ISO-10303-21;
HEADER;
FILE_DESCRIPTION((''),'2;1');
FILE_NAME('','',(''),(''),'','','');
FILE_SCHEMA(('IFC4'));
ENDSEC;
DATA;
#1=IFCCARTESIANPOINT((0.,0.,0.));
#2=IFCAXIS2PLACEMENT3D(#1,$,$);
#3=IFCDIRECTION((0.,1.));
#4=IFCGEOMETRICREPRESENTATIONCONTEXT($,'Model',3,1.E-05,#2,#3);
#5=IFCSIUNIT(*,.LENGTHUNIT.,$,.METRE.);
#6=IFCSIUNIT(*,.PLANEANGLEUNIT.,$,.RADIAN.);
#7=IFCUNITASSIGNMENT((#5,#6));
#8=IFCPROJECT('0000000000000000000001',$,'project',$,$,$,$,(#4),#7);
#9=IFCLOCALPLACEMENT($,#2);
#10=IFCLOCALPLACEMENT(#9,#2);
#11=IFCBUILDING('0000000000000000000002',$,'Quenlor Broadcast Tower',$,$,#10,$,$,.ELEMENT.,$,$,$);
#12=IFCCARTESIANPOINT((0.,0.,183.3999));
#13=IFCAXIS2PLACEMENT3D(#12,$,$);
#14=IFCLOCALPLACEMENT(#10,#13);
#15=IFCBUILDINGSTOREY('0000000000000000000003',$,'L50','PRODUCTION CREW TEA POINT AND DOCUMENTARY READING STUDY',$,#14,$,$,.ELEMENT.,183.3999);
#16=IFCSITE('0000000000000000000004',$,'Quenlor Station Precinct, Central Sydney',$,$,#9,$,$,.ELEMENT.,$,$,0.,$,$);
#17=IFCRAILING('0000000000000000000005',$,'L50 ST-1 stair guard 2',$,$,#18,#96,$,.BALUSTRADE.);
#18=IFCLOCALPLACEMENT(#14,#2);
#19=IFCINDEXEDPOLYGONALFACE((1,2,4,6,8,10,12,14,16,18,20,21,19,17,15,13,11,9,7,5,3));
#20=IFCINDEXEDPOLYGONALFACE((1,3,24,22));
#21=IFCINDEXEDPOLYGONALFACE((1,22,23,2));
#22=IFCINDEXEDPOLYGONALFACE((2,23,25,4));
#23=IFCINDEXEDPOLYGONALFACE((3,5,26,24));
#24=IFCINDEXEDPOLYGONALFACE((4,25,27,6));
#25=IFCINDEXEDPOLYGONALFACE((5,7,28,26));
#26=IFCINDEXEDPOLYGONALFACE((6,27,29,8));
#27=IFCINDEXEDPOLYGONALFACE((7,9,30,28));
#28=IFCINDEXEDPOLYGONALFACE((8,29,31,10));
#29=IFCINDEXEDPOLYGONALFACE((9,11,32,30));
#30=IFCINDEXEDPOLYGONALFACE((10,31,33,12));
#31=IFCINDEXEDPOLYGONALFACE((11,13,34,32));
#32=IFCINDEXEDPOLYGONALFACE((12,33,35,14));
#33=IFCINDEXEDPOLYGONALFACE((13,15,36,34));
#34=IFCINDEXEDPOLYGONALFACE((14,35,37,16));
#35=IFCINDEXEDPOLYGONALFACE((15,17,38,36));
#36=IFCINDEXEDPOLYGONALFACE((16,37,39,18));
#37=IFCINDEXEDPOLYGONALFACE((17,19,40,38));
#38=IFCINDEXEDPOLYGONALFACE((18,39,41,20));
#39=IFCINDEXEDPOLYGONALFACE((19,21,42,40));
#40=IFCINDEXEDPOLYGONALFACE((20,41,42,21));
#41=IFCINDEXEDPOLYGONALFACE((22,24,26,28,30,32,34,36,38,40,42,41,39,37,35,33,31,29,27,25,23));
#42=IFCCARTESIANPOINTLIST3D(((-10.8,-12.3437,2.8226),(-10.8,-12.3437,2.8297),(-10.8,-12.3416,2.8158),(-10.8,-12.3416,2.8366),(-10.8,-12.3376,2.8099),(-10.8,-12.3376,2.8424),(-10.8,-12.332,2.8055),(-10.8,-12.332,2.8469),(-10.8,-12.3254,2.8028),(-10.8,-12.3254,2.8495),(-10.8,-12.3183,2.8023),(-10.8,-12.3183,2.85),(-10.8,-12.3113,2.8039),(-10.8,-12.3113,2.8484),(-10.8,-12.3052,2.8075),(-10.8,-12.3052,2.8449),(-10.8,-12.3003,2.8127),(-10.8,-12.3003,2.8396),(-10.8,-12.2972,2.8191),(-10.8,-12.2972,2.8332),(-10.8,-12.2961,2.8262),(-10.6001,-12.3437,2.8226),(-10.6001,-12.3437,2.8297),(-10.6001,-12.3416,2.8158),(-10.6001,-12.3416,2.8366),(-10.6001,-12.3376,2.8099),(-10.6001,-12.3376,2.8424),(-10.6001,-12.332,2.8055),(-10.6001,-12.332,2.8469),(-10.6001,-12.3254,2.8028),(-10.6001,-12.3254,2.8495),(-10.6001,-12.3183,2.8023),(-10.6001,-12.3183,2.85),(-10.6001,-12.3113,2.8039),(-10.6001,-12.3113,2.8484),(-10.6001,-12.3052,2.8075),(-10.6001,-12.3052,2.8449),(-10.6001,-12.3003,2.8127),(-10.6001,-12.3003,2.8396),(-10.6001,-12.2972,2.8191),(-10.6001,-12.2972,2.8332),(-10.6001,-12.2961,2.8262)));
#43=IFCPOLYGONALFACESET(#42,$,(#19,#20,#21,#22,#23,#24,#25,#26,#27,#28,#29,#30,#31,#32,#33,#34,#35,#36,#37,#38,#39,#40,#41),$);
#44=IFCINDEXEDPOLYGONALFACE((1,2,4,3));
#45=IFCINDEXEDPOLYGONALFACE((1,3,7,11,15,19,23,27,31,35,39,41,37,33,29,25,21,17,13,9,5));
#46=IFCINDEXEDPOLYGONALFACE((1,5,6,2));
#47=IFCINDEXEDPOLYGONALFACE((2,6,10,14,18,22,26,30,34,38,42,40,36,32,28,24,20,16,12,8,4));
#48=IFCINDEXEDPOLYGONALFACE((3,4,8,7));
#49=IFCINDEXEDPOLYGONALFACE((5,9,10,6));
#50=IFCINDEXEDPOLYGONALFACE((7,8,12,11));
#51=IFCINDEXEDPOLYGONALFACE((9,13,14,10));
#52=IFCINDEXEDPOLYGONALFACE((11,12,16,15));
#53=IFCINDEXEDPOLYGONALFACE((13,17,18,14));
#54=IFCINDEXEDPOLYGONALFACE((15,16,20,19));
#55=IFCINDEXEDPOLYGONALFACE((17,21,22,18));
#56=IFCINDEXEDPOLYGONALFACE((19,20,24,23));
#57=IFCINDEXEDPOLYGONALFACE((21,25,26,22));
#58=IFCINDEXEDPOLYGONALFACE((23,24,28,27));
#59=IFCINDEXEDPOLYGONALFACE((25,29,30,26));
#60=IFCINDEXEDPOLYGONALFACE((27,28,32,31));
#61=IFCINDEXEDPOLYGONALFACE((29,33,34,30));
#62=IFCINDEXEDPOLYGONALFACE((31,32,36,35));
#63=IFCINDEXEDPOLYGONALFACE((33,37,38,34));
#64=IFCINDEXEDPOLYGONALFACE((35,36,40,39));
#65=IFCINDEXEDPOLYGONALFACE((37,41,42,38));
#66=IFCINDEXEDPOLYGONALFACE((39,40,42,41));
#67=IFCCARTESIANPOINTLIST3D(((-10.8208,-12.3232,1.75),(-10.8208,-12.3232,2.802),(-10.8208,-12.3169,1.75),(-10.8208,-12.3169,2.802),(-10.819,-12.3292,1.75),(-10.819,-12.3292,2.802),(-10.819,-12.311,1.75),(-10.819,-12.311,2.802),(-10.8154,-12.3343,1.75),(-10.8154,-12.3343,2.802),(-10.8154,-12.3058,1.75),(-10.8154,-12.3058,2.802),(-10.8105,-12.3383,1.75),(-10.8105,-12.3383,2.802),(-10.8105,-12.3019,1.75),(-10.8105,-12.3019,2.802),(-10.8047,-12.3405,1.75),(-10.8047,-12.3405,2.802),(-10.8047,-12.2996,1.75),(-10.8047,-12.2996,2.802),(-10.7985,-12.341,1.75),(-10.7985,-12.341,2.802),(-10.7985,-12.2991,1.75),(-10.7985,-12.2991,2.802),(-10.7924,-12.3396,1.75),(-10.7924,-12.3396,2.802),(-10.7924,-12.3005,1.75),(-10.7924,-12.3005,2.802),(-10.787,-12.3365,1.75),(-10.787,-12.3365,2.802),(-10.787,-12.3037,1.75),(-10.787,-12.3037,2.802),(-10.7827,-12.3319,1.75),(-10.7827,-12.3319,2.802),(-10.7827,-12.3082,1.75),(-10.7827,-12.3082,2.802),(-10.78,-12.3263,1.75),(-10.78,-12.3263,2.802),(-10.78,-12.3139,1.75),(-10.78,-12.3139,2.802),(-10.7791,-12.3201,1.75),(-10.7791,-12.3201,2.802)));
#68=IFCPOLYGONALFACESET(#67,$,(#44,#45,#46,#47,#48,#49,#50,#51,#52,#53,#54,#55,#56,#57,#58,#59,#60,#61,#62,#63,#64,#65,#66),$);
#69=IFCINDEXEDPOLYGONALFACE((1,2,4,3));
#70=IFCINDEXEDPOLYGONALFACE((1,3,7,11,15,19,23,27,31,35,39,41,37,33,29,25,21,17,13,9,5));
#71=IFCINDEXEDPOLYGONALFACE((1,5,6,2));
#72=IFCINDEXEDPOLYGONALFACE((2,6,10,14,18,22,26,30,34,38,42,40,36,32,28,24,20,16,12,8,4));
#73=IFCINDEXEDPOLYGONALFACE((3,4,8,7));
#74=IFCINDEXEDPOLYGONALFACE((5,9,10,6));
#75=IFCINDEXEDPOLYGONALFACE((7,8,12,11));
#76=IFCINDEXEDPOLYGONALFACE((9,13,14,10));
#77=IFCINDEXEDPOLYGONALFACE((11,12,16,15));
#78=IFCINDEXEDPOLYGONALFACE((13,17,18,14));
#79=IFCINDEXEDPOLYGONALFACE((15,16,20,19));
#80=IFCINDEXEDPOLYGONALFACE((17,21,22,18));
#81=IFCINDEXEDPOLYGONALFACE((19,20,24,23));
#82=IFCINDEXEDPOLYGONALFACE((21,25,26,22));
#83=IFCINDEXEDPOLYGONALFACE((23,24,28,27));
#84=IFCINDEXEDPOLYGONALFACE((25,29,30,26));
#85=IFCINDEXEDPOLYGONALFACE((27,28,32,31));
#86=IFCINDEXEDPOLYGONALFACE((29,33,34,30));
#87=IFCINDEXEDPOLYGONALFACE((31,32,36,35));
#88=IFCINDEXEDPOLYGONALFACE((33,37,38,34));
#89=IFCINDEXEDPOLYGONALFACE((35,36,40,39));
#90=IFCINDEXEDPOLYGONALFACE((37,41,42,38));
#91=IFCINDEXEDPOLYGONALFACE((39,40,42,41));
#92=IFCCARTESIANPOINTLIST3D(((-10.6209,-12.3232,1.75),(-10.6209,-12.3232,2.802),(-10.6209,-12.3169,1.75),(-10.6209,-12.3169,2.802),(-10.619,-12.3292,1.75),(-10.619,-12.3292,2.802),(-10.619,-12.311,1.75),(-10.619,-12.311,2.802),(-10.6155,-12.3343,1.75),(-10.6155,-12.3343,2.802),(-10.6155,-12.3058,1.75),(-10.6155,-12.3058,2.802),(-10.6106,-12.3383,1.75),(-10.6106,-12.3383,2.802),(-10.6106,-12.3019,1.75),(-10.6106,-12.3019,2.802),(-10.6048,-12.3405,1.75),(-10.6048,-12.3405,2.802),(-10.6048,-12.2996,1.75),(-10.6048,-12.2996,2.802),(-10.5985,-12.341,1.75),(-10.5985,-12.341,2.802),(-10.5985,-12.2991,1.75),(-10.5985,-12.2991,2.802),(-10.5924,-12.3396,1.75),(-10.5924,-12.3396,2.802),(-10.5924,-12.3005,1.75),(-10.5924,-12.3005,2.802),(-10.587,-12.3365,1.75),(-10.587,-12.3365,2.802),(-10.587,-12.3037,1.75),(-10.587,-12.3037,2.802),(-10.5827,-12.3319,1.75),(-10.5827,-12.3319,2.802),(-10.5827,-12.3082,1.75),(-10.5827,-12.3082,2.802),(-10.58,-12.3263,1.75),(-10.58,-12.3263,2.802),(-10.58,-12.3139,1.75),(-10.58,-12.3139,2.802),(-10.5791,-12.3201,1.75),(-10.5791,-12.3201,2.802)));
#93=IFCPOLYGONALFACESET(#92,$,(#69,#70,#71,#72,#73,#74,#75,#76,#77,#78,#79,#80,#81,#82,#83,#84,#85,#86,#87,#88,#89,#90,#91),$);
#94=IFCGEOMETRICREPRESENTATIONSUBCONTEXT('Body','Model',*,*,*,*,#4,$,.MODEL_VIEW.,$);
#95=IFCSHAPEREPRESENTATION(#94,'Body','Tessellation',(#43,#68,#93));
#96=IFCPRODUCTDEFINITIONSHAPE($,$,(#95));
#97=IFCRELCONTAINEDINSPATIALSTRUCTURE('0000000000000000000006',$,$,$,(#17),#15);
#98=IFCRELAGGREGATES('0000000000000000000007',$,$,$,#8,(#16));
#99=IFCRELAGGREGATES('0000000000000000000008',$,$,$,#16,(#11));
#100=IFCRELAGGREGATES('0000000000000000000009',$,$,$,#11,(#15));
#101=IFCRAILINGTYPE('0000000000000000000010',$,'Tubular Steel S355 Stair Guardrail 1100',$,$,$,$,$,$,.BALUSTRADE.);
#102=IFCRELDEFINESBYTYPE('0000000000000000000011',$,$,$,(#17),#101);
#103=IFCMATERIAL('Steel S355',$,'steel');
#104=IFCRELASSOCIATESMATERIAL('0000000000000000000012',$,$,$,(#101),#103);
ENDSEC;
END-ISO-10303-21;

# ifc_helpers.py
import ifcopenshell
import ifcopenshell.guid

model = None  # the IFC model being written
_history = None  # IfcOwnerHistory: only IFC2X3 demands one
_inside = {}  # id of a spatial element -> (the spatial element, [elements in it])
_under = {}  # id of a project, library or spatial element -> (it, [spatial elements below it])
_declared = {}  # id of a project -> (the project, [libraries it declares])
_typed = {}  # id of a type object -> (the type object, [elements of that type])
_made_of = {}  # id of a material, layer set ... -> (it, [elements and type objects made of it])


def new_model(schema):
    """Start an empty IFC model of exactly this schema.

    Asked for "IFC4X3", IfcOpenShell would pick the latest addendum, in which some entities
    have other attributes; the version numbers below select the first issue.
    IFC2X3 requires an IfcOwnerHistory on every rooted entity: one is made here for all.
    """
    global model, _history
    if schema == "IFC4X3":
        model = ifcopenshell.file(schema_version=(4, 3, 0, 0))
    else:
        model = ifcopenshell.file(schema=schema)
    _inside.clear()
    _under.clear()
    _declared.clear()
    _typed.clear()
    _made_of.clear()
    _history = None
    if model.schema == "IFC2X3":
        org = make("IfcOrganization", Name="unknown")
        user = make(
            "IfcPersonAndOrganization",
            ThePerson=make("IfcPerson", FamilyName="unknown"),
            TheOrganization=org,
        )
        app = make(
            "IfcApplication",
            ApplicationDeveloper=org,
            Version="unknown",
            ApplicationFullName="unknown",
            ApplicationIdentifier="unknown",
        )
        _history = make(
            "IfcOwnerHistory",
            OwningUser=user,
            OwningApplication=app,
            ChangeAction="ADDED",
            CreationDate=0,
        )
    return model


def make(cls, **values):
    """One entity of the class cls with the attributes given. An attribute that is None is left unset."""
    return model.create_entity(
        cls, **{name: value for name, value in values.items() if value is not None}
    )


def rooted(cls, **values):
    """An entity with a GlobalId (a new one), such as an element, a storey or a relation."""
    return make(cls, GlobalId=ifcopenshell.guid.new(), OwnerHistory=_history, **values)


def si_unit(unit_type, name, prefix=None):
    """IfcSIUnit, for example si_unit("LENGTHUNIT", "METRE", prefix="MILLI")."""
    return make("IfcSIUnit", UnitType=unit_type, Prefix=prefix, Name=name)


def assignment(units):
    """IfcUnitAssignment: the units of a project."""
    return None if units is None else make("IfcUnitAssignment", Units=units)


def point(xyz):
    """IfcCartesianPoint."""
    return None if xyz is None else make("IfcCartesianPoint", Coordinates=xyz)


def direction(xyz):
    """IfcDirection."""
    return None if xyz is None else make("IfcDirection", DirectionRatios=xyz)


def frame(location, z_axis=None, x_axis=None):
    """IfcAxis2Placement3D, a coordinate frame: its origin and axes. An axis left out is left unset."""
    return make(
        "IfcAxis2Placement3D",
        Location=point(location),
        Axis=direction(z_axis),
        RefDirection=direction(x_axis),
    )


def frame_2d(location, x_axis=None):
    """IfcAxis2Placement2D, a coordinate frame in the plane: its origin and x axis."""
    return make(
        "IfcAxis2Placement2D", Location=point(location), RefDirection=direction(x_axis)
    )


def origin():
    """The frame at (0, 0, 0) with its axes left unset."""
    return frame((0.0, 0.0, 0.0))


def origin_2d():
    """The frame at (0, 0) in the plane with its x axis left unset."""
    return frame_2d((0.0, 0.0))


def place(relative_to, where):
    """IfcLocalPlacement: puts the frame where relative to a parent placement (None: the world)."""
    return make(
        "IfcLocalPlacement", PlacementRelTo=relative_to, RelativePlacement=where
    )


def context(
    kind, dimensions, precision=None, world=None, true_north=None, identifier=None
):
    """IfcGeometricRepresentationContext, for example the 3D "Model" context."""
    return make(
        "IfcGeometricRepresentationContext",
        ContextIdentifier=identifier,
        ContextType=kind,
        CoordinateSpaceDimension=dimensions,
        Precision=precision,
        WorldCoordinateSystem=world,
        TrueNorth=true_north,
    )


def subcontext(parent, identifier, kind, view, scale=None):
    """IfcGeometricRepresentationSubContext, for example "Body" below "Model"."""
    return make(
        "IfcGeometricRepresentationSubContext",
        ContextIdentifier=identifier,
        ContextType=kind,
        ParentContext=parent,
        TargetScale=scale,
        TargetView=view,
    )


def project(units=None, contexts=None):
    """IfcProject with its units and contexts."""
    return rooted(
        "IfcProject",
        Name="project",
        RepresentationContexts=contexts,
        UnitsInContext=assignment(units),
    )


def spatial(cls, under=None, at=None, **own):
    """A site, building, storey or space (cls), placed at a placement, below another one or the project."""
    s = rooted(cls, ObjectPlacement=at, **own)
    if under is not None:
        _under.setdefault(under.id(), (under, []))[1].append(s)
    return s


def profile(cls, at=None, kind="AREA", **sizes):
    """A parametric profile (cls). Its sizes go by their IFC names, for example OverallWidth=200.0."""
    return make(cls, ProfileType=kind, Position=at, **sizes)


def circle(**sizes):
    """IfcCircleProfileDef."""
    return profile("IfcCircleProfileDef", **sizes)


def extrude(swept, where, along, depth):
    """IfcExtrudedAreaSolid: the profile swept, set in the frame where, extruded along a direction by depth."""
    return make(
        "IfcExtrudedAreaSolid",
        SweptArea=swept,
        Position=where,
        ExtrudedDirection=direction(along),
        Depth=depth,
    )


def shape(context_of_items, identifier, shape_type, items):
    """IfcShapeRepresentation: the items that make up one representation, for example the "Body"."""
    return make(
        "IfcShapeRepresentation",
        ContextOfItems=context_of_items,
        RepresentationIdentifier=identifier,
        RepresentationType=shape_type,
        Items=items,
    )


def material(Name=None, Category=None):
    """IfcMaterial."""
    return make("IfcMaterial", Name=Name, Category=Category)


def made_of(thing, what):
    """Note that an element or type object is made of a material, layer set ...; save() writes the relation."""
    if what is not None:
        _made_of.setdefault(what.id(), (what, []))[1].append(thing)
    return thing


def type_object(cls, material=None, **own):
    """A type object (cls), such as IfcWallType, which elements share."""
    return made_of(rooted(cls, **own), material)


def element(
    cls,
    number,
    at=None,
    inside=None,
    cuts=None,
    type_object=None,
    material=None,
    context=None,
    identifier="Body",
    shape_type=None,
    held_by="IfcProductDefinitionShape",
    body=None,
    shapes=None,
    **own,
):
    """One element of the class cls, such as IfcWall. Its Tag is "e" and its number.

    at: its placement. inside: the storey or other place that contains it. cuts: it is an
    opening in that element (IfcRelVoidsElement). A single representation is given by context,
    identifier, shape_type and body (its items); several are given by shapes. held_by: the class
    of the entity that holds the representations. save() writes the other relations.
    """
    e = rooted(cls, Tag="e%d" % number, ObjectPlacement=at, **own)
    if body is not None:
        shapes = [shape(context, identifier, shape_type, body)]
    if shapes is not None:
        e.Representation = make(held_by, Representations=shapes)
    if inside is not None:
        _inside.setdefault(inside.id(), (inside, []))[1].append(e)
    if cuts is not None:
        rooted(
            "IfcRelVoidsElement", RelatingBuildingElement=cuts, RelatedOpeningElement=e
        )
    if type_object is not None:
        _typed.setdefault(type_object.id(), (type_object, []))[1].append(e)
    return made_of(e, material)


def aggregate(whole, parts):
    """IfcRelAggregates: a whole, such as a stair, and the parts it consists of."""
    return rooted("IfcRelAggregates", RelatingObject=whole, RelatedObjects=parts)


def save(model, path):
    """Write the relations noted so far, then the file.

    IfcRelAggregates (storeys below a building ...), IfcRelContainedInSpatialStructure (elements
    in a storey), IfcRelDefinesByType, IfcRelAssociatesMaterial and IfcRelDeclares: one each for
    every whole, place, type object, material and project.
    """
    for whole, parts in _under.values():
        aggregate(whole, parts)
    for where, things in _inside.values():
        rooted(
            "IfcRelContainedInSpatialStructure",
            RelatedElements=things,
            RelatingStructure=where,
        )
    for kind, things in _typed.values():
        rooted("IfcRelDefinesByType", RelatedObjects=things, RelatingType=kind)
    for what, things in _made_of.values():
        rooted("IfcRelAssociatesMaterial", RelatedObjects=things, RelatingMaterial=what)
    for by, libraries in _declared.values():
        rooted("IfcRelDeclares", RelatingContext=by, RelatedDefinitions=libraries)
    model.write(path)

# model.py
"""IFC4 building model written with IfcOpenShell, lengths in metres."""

from ifc_helpers import new_model, si_unit, direction, frame, origin, origin_2d, place, context, subcontext, project, spatial, circle, extrude, material, type_object, element, save


model = new_model("IFC4")

# Units and contexts
model_context = context("Model", 3, precision=1e-05, world=origin(), true_north=direction((0.0, 1.0)))
body_context = subcontext(model_context, "Body", "Model", "MODEL_VIEW")
ifc_project = project(units=[si_unit("LENGTHUNIT", "METRE"), si_unit("PLANEANGLEUNIT", "RADIAN")], contexts=[model_context])

# Site, building, storey
site_placement = place(None, origin())
site = spatial("IfcSite", under=ifc_project, at=site_placement, Name="Quenlor Station Precinct, Central Sydney", CompositionType="ELEMENT", RefElevation=0.0)
building_placement = place(site_placement, origin())
building = spatial("IfcBuilding", under=site, at=building_placement, Name="Quenlor Broadcast Tower", CompositionType="ELEMENT")
storey_placement = place(building_placement, frame((0.0, 0.0, 183.3999)))
storey = spatial("IfcBuildingStorey", under=building, at=storey_placement, Name="L50", Description="PRODUCTION CREW TEA POINT AND DOCUMENTARY READING STUDY", CompositionType="ELEMENT", Elevation=183.3999)

# Railing
ifc_material_1 = material(Name="Steel S355", Category="steel")
railing_type_1 = type_object("IfcRailingType", Name="Tubular Steel S355 Stair Guardrail 1100", PredefinedType="BALUSTRADE", material=ifc_material_1)
railing_1_placement = place(storey_placement, frame((-10.8, -12.3201, 1.75)))
element("IfcRailing", 1, at=railing_1_placement, inside=storey, type_object=railing_type_1, Name="L50 ST-1 stair guard 2", PredefinedType="BALUSTRADE", context=body_context, shape_type="SweptSolid", body=[
    extrude(circle(Radius=0.0239, at=origin_2d()), frame((0.0, 0.0, 1.0762), z_axis=(1.0, 0.0, 0.0), x_axis=(0.0, 1.0, 0.0)), (0.0, 0.0, 1.0), 0.2),
    extrude(circle(Radius=0.021, at=origin_2d()), origin(), (0.0, 0.0, 1.0), 1.052),
    extrude(circle(Radius=0.021, at=origin_2d()), frame((0.2, 0.0, 0.0)), (0.0, 0.0, 1.0), 1.052),
])

save(model, "model.ifc")
